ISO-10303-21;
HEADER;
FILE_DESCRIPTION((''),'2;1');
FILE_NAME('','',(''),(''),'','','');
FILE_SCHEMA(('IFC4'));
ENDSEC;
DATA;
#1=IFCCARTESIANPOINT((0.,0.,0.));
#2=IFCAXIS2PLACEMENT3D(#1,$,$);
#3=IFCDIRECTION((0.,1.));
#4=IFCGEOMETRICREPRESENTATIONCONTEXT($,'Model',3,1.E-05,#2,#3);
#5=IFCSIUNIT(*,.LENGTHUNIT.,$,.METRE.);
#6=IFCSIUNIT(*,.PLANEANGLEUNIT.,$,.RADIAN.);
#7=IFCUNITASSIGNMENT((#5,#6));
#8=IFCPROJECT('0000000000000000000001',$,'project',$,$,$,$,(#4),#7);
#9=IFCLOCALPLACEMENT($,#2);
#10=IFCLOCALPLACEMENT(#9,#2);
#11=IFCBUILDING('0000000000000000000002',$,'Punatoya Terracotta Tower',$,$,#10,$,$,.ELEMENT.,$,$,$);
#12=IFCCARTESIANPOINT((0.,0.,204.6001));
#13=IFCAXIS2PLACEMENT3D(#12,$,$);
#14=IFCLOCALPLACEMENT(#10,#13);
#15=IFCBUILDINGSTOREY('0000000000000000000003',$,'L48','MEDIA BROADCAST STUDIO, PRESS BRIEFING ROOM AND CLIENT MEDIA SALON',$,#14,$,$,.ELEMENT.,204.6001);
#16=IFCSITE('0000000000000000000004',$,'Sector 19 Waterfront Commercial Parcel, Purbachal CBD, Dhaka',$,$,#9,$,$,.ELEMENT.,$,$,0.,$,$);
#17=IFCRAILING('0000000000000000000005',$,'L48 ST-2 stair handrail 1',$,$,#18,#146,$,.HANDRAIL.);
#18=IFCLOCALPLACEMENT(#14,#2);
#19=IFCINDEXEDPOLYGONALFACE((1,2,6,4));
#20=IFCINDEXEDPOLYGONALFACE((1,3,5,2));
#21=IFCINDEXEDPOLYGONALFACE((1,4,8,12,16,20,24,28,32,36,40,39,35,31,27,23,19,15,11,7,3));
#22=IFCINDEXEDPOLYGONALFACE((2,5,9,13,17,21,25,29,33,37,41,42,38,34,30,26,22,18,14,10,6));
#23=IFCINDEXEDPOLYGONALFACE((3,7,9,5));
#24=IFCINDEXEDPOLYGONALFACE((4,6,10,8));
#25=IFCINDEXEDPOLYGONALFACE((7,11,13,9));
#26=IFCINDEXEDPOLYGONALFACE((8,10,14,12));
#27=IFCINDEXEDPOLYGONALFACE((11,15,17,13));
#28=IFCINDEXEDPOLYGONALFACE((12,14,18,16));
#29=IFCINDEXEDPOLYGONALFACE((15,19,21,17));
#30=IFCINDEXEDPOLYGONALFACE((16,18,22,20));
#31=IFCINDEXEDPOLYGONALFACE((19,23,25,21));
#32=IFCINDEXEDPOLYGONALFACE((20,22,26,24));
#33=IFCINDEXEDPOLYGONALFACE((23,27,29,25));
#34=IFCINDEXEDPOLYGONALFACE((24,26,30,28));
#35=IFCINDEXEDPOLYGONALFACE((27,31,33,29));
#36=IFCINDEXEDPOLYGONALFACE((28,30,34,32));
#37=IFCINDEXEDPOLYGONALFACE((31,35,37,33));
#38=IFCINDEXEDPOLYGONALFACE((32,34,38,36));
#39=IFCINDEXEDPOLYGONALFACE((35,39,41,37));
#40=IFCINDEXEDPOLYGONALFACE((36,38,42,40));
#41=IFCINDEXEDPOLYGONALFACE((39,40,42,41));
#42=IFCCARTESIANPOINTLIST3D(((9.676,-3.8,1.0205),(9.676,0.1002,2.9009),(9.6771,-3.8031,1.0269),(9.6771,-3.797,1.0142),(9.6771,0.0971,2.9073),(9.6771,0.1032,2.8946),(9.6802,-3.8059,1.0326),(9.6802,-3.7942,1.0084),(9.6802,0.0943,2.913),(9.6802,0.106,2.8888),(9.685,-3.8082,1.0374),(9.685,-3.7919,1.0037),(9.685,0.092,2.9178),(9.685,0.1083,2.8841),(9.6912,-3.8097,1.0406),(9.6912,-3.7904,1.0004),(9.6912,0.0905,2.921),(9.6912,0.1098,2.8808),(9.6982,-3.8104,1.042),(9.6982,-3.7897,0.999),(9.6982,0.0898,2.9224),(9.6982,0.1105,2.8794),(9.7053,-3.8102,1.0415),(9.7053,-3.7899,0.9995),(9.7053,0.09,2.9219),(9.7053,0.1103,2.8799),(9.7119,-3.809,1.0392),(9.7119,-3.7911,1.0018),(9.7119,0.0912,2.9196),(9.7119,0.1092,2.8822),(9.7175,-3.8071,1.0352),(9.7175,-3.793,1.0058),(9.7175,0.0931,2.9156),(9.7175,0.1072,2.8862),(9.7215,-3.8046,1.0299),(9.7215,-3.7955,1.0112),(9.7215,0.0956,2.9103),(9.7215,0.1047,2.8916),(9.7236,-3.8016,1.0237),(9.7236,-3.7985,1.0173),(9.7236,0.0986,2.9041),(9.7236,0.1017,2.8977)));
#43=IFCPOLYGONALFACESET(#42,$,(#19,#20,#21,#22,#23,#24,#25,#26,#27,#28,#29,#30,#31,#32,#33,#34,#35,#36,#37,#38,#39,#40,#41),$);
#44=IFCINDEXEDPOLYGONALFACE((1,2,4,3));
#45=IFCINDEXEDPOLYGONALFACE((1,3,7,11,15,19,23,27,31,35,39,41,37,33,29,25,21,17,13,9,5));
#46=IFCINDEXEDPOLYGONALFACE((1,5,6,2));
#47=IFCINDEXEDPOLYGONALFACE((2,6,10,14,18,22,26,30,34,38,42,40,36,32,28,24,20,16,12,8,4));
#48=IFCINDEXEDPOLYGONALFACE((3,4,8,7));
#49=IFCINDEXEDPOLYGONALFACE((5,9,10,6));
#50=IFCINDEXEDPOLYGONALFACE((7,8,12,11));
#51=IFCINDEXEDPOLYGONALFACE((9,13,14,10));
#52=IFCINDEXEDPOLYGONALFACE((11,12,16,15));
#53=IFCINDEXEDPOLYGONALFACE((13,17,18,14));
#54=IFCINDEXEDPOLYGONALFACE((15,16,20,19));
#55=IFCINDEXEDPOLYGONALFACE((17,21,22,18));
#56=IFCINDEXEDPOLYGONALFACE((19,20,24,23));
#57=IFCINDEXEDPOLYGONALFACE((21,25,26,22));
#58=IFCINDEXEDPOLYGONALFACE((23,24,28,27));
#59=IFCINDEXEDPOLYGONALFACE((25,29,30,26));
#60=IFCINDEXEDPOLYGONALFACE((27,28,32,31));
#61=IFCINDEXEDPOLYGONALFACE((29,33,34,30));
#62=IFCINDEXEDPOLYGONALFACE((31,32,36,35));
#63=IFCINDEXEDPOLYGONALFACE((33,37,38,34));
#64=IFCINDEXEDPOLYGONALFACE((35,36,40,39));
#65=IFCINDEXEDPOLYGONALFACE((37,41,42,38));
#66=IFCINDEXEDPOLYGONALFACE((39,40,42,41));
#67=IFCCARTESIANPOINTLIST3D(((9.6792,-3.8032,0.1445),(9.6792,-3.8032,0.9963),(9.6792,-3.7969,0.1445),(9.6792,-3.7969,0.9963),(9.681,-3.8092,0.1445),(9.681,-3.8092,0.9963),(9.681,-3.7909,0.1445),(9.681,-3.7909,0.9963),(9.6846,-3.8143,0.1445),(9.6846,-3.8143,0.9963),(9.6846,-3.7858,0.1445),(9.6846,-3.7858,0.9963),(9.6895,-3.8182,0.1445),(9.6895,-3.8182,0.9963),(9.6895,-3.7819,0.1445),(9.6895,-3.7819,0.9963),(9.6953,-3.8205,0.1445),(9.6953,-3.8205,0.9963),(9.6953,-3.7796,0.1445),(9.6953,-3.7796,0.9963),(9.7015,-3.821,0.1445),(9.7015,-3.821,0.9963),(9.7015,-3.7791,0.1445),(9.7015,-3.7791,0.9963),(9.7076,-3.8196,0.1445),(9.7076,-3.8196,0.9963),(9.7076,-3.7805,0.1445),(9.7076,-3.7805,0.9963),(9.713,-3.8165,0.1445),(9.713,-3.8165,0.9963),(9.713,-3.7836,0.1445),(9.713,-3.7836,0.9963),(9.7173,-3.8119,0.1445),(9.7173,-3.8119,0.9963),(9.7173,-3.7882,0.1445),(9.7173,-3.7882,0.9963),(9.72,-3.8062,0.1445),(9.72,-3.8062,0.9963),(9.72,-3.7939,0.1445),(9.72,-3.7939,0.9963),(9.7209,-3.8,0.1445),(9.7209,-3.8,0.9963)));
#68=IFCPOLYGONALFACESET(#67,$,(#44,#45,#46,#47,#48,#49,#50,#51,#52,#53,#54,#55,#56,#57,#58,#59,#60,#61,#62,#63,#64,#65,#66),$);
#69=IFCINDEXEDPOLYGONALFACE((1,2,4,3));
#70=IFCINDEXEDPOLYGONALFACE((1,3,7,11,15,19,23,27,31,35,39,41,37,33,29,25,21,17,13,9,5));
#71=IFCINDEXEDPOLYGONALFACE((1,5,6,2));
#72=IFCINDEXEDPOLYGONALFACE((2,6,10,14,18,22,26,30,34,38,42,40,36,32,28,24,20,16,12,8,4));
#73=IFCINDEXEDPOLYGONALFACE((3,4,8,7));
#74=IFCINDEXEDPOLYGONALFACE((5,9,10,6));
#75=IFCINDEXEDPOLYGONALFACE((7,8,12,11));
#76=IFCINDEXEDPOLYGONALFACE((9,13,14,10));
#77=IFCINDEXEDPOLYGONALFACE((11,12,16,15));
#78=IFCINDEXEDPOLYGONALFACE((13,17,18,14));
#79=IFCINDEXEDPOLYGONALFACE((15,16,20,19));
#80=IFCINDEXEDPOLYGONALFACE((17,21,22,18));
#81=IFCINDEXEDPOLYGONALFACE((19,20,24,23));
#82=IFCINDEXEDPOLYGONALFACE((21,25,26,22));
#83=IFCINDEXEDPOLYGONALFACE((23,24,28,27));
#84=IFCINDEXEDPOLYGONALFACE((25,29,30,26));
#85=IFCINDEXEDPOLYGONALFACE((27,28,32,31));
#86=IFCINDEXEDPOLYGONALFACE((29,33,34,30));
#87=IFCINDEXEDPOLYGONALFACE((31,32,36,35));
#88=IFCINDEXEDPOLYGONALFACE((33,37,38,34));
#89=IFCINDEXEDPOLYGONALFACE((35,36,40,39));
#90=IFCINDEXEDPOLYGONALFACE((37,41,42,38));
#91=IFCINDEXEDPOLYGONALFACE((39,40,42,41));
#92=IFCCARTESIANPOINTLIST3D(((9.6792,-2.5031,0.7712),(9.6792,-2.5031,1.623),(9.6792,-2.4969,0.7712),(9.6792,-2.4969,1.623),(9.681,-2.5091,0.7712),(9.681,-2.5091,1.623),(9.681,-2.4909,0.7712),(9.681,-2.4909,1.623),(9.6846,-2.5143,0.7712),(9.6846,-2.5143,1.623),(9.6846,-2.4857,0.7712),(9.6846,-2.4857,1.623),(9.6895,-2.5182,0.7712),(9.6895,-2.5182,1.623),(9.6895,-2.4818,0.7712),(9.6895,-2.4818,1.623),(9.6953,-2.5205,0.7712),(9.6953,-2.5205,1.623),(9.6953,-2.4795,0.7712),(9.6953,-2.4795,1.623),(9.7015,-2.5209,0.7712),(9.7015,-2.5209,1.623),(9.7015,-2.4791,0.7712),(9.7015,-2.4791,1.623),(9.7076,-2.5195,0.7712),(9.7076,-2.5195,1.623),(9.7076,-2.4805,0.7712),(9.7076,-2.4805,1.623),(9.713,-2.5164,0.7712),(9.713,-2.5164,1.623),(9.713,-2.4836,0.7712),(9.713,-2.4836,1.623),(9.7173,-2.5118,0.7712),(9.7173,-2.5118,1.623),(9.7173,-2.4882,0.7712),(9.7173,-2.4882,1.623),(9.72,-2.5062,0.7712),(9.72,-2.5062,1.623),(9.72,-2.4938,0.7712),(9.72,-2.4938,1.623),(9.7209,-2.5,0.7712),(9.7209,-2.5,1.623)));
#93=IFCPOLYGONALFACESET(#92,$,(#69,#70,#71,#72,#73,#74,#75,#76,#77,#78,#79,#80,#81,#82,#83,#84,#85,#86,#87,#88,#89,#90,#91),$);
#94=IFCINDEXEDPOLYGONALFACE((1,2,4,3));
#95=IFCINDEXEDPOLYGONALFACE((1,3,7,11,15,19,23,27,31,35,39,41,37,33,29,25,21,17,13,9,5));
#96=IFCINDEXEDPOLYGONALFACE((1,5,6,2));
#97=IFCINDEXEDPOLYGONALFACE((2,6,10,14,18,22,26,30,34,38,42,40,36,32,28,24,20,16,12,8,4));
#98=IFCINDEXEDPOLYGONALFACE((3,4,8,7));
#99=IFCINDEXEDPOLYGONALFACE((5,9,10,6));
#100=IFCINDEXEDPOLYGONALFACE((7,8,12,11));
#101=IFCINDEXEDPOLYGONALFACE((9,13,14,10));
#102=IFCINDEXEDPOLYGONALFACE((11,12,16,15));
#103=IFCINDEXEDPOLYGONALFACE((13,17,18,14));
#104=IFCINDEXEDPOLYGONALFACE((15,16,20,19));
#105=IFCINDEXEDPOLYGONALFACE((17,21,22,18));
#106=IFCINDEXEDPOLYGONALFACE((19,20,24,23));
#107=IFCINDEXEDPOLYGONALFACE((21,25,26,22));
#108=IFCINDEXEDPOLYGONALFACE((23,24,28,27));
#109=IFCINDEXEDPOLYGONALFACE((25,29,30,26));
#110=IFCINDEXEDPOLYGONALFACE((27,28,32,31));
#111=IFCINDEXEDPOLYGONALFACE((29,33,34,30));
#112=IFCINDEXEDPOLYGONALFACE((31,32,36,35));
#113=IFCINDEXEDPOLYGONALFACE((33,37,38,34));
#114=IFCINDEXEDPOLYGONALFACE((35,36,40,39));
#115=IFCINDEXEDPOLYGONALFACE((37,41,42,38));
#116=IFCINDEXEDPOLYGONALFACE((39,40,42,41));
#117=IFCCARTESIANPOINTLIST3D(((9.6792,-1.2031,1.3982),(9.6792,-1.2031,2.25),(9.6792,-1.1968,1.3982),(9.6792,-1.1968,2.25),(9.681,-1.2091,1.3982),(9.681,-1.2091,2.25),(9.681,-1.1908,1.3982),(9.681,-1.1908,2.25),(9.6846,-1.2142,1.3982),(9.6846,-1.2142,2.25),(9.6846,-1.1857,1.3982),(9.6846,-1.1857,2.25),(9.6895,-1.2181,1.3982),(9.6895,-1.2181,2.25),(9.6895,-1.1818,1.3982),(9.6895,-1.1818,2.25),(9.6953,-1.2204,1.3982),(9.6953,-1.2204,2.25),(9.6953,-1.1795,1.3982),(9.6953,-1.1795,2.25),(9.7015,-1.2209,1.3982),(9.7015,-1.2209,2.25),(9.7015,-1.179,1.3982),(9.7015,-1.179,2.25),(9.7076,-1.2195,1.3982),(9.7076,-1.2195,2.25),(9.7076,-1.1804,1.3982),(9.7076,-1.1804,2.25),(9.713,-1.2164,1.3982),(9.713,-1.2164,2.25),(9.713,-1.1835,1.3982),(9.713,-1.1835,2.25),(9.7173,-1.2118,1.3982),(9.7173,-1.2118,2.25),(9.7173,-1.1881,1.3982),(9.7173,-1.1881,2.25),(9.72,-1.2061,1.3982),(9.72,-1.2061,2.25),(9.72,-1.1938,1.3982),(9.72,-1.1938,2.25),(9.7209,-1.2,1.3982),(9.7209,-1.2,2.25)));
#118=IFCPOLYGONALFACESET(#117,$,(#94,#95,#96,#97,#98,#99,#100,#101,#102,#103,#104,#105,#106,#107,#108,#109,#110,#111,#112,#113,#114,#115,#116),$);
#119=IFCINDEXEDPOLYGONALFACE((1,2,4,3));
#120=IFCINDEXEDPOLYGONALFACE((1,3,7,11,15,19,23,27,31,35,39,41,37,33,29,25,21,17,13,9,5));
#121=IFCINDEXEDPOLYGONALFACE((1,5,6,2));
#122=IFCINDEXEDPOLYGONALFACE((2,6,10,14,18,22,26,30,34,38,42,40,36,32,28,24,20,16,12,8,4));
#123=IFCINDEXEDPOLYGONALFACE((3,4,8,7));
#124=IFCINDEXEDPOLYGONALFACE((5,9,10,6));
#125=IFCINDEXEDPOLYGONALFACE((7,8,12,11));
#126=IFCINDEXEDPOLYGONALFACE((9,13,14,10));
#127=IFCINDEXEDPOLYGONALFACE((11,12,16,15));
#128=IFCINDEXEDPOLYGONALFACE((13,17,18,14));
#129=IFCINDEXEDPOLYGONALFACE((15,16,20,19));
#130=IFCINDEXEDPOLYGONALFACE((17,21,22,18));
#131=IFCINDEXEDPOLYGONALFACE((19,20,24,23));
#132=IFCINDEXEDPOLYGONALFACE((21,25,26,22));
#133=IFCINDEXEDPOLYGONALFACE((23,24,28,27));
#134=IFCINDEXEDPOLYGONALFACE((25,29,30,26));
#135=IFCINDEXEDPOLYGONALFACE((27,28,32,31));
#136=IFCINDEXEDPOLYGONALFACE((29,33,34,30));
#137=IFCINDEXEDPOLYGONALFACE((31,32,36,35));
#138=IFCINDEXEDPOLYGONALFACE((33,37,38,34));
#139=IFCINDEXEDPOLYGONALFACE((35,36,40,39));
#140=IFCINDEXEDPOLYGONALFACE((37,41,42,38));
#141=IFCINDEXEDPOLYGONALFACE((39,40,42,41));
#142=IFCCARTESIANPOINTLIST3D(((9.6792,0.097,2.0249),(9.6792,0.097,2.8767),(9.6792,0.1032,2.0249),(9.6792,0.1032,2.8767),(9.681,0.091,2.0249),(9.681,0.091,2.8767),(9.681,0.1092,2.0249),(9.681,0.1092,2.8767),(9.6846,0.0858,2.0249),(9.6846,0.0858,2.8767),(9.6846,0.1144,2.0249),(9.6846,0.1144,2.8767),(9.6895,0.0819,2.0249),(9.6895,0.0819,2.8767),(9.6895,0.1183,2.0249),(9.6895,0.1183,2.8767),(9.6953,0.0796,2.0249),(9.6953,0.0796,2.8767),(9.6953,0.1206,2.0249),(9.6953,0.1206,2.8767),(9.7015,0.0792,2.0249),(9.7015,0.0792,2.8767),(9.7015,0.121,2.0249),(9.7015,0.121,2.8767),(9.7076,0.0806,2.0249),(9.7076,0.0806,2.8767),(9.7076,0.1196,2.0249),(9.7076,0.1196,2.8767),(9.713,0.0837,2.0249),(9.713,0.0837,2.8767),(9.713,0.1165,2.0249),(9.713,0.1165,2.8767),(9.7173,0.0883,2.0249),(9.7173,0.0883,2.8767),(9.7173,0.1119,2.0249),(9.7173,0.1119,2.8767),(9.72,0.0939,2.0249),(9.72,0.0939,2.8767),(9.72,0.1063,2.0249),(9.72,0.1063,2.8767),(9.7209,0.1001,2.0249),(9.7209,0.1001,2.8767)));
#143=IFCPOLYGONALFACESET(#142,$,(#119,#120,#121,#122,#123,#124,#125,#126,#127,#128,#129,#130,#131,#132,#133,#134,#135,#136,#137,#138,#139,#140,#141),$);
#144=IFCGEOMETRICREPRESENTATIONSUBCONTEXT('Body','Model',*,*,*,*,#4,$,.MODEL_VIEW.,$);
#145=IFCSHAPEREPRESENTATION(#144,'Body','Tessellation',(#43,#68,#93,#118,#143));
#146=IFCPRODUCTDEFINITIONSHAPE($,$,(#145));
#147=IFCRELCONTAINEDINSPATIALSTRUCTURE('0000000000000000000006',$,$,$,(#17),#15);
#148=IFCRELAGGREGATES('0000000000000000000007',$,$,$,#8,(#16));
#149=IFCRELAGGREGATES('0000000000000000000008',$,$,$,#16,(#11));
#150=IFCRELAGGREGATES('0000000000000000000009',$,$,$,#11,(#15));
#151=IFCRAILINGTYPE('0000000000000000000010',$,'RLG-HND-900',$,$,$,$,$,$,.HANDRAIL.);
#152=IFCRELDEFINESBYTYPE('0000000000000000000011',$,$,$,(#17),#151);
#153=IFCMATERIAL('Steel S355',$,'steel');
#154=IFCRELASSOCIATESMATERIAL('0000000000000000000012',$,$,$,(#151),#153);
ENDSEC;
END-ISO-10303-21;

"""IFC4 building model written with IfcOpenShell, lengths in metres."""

from ifc_helpers import new_model, si_unit, direction, frame, origin, origin_2d, place, context, subcontext, project, spatial, circle, extrude, material, type_object, element, save


model = new_model("IFC4")

# Units and contexts
model_context = context("Model", 3, precision=1e-05, world=origin(), true_north=direction((0.0, 1.0)))
body_context = subcontext(model_context, "Body", "Model", "MODEL_VIEW")
ifc_project = project(units=[si_unit("LENGTHUNIT", "METRE"), si_unit("PLANEANGLEUNIT", "RADIAN")], contexts=[model_context])

# Site, building, storey
site_placement = place(None, origin())
site = spatial("IfcSite", under=ifc_project, at=site_placement, Name="Sector 19 Waterfront Commercial Parcel, Purbachal CBD, Dhaka", CompositionType="ELEMENT", RefElevation=0.0)
building_placement = place(site_placement, origin())
building = spatial("IfcBuilding", under=site, at=building_placement, Name="Punatoya Terracotta Tower", CompositionType="ELEMENT")
storey_placement = place(building_placement, frame((0.0, 0.0, 204.6001)))
storey = spatial("IfcBuildingStorey", under=building, at=storey_placement, Name="L48", Description="MEDIA BROADCAST STUDIO, PRESS BRIEFING ROOM AND CLIENT MEDIA SALON", CompositionType="ELEMENT", Elevation=204.6001)

# Railing
ifc_material_1 = material(Name="Steel S355", Category="steel")
railing_type_1 = type_object("IfcRailingType", Name="RLG-HND-900", PredefinedType="HANDRAIL", material=ifc_material_1)
railing_1_placement = place(storey_placement, frame((9.7, -3.8, 0.1445)))
element("IfcRailing", 1, at=railing_1_placement, inside=storey, type_object=railing_type_1, Name="L48 ST-2 stair handrail 1", PredefinedType="HANDRAIL", context=body_context, shape_type="SweptSolid", body=[
    extrude(circle(Radius=0.0239, at=origin_2d()), frame((0.0, 0.0, 0.876), z_axis=(0.0, 0.900774, 0.434289), x_axis=(-1.0, 0.0, 0.0)), (0.0, 0.0, 1.0), 4.3298),
    extrude(circle(Radius=0.021, at=origin_2d()), origin(), (0.0, 0.0, 1.0), 0.8518),
    extrude(circle(Radius=0.021, at=origin_2d()), frame((0.0, 1.3, 0.6267)), (0.0, 0.0, 1.0), 0.8518),
    extrude(circle(Radius=0.021, at=origin_2d()), frame((0.0, 2.6001, 1.2537)), (0.0, 0.0, 1.0), 0.8518),
    extrude(circle(Radius=0.021, at=origin_2d()), frame((0.0, 3.9001, 1.8804)), (0.0, 0.0, 1.0), 0.8518),
])

save(model, "model.ifc")
